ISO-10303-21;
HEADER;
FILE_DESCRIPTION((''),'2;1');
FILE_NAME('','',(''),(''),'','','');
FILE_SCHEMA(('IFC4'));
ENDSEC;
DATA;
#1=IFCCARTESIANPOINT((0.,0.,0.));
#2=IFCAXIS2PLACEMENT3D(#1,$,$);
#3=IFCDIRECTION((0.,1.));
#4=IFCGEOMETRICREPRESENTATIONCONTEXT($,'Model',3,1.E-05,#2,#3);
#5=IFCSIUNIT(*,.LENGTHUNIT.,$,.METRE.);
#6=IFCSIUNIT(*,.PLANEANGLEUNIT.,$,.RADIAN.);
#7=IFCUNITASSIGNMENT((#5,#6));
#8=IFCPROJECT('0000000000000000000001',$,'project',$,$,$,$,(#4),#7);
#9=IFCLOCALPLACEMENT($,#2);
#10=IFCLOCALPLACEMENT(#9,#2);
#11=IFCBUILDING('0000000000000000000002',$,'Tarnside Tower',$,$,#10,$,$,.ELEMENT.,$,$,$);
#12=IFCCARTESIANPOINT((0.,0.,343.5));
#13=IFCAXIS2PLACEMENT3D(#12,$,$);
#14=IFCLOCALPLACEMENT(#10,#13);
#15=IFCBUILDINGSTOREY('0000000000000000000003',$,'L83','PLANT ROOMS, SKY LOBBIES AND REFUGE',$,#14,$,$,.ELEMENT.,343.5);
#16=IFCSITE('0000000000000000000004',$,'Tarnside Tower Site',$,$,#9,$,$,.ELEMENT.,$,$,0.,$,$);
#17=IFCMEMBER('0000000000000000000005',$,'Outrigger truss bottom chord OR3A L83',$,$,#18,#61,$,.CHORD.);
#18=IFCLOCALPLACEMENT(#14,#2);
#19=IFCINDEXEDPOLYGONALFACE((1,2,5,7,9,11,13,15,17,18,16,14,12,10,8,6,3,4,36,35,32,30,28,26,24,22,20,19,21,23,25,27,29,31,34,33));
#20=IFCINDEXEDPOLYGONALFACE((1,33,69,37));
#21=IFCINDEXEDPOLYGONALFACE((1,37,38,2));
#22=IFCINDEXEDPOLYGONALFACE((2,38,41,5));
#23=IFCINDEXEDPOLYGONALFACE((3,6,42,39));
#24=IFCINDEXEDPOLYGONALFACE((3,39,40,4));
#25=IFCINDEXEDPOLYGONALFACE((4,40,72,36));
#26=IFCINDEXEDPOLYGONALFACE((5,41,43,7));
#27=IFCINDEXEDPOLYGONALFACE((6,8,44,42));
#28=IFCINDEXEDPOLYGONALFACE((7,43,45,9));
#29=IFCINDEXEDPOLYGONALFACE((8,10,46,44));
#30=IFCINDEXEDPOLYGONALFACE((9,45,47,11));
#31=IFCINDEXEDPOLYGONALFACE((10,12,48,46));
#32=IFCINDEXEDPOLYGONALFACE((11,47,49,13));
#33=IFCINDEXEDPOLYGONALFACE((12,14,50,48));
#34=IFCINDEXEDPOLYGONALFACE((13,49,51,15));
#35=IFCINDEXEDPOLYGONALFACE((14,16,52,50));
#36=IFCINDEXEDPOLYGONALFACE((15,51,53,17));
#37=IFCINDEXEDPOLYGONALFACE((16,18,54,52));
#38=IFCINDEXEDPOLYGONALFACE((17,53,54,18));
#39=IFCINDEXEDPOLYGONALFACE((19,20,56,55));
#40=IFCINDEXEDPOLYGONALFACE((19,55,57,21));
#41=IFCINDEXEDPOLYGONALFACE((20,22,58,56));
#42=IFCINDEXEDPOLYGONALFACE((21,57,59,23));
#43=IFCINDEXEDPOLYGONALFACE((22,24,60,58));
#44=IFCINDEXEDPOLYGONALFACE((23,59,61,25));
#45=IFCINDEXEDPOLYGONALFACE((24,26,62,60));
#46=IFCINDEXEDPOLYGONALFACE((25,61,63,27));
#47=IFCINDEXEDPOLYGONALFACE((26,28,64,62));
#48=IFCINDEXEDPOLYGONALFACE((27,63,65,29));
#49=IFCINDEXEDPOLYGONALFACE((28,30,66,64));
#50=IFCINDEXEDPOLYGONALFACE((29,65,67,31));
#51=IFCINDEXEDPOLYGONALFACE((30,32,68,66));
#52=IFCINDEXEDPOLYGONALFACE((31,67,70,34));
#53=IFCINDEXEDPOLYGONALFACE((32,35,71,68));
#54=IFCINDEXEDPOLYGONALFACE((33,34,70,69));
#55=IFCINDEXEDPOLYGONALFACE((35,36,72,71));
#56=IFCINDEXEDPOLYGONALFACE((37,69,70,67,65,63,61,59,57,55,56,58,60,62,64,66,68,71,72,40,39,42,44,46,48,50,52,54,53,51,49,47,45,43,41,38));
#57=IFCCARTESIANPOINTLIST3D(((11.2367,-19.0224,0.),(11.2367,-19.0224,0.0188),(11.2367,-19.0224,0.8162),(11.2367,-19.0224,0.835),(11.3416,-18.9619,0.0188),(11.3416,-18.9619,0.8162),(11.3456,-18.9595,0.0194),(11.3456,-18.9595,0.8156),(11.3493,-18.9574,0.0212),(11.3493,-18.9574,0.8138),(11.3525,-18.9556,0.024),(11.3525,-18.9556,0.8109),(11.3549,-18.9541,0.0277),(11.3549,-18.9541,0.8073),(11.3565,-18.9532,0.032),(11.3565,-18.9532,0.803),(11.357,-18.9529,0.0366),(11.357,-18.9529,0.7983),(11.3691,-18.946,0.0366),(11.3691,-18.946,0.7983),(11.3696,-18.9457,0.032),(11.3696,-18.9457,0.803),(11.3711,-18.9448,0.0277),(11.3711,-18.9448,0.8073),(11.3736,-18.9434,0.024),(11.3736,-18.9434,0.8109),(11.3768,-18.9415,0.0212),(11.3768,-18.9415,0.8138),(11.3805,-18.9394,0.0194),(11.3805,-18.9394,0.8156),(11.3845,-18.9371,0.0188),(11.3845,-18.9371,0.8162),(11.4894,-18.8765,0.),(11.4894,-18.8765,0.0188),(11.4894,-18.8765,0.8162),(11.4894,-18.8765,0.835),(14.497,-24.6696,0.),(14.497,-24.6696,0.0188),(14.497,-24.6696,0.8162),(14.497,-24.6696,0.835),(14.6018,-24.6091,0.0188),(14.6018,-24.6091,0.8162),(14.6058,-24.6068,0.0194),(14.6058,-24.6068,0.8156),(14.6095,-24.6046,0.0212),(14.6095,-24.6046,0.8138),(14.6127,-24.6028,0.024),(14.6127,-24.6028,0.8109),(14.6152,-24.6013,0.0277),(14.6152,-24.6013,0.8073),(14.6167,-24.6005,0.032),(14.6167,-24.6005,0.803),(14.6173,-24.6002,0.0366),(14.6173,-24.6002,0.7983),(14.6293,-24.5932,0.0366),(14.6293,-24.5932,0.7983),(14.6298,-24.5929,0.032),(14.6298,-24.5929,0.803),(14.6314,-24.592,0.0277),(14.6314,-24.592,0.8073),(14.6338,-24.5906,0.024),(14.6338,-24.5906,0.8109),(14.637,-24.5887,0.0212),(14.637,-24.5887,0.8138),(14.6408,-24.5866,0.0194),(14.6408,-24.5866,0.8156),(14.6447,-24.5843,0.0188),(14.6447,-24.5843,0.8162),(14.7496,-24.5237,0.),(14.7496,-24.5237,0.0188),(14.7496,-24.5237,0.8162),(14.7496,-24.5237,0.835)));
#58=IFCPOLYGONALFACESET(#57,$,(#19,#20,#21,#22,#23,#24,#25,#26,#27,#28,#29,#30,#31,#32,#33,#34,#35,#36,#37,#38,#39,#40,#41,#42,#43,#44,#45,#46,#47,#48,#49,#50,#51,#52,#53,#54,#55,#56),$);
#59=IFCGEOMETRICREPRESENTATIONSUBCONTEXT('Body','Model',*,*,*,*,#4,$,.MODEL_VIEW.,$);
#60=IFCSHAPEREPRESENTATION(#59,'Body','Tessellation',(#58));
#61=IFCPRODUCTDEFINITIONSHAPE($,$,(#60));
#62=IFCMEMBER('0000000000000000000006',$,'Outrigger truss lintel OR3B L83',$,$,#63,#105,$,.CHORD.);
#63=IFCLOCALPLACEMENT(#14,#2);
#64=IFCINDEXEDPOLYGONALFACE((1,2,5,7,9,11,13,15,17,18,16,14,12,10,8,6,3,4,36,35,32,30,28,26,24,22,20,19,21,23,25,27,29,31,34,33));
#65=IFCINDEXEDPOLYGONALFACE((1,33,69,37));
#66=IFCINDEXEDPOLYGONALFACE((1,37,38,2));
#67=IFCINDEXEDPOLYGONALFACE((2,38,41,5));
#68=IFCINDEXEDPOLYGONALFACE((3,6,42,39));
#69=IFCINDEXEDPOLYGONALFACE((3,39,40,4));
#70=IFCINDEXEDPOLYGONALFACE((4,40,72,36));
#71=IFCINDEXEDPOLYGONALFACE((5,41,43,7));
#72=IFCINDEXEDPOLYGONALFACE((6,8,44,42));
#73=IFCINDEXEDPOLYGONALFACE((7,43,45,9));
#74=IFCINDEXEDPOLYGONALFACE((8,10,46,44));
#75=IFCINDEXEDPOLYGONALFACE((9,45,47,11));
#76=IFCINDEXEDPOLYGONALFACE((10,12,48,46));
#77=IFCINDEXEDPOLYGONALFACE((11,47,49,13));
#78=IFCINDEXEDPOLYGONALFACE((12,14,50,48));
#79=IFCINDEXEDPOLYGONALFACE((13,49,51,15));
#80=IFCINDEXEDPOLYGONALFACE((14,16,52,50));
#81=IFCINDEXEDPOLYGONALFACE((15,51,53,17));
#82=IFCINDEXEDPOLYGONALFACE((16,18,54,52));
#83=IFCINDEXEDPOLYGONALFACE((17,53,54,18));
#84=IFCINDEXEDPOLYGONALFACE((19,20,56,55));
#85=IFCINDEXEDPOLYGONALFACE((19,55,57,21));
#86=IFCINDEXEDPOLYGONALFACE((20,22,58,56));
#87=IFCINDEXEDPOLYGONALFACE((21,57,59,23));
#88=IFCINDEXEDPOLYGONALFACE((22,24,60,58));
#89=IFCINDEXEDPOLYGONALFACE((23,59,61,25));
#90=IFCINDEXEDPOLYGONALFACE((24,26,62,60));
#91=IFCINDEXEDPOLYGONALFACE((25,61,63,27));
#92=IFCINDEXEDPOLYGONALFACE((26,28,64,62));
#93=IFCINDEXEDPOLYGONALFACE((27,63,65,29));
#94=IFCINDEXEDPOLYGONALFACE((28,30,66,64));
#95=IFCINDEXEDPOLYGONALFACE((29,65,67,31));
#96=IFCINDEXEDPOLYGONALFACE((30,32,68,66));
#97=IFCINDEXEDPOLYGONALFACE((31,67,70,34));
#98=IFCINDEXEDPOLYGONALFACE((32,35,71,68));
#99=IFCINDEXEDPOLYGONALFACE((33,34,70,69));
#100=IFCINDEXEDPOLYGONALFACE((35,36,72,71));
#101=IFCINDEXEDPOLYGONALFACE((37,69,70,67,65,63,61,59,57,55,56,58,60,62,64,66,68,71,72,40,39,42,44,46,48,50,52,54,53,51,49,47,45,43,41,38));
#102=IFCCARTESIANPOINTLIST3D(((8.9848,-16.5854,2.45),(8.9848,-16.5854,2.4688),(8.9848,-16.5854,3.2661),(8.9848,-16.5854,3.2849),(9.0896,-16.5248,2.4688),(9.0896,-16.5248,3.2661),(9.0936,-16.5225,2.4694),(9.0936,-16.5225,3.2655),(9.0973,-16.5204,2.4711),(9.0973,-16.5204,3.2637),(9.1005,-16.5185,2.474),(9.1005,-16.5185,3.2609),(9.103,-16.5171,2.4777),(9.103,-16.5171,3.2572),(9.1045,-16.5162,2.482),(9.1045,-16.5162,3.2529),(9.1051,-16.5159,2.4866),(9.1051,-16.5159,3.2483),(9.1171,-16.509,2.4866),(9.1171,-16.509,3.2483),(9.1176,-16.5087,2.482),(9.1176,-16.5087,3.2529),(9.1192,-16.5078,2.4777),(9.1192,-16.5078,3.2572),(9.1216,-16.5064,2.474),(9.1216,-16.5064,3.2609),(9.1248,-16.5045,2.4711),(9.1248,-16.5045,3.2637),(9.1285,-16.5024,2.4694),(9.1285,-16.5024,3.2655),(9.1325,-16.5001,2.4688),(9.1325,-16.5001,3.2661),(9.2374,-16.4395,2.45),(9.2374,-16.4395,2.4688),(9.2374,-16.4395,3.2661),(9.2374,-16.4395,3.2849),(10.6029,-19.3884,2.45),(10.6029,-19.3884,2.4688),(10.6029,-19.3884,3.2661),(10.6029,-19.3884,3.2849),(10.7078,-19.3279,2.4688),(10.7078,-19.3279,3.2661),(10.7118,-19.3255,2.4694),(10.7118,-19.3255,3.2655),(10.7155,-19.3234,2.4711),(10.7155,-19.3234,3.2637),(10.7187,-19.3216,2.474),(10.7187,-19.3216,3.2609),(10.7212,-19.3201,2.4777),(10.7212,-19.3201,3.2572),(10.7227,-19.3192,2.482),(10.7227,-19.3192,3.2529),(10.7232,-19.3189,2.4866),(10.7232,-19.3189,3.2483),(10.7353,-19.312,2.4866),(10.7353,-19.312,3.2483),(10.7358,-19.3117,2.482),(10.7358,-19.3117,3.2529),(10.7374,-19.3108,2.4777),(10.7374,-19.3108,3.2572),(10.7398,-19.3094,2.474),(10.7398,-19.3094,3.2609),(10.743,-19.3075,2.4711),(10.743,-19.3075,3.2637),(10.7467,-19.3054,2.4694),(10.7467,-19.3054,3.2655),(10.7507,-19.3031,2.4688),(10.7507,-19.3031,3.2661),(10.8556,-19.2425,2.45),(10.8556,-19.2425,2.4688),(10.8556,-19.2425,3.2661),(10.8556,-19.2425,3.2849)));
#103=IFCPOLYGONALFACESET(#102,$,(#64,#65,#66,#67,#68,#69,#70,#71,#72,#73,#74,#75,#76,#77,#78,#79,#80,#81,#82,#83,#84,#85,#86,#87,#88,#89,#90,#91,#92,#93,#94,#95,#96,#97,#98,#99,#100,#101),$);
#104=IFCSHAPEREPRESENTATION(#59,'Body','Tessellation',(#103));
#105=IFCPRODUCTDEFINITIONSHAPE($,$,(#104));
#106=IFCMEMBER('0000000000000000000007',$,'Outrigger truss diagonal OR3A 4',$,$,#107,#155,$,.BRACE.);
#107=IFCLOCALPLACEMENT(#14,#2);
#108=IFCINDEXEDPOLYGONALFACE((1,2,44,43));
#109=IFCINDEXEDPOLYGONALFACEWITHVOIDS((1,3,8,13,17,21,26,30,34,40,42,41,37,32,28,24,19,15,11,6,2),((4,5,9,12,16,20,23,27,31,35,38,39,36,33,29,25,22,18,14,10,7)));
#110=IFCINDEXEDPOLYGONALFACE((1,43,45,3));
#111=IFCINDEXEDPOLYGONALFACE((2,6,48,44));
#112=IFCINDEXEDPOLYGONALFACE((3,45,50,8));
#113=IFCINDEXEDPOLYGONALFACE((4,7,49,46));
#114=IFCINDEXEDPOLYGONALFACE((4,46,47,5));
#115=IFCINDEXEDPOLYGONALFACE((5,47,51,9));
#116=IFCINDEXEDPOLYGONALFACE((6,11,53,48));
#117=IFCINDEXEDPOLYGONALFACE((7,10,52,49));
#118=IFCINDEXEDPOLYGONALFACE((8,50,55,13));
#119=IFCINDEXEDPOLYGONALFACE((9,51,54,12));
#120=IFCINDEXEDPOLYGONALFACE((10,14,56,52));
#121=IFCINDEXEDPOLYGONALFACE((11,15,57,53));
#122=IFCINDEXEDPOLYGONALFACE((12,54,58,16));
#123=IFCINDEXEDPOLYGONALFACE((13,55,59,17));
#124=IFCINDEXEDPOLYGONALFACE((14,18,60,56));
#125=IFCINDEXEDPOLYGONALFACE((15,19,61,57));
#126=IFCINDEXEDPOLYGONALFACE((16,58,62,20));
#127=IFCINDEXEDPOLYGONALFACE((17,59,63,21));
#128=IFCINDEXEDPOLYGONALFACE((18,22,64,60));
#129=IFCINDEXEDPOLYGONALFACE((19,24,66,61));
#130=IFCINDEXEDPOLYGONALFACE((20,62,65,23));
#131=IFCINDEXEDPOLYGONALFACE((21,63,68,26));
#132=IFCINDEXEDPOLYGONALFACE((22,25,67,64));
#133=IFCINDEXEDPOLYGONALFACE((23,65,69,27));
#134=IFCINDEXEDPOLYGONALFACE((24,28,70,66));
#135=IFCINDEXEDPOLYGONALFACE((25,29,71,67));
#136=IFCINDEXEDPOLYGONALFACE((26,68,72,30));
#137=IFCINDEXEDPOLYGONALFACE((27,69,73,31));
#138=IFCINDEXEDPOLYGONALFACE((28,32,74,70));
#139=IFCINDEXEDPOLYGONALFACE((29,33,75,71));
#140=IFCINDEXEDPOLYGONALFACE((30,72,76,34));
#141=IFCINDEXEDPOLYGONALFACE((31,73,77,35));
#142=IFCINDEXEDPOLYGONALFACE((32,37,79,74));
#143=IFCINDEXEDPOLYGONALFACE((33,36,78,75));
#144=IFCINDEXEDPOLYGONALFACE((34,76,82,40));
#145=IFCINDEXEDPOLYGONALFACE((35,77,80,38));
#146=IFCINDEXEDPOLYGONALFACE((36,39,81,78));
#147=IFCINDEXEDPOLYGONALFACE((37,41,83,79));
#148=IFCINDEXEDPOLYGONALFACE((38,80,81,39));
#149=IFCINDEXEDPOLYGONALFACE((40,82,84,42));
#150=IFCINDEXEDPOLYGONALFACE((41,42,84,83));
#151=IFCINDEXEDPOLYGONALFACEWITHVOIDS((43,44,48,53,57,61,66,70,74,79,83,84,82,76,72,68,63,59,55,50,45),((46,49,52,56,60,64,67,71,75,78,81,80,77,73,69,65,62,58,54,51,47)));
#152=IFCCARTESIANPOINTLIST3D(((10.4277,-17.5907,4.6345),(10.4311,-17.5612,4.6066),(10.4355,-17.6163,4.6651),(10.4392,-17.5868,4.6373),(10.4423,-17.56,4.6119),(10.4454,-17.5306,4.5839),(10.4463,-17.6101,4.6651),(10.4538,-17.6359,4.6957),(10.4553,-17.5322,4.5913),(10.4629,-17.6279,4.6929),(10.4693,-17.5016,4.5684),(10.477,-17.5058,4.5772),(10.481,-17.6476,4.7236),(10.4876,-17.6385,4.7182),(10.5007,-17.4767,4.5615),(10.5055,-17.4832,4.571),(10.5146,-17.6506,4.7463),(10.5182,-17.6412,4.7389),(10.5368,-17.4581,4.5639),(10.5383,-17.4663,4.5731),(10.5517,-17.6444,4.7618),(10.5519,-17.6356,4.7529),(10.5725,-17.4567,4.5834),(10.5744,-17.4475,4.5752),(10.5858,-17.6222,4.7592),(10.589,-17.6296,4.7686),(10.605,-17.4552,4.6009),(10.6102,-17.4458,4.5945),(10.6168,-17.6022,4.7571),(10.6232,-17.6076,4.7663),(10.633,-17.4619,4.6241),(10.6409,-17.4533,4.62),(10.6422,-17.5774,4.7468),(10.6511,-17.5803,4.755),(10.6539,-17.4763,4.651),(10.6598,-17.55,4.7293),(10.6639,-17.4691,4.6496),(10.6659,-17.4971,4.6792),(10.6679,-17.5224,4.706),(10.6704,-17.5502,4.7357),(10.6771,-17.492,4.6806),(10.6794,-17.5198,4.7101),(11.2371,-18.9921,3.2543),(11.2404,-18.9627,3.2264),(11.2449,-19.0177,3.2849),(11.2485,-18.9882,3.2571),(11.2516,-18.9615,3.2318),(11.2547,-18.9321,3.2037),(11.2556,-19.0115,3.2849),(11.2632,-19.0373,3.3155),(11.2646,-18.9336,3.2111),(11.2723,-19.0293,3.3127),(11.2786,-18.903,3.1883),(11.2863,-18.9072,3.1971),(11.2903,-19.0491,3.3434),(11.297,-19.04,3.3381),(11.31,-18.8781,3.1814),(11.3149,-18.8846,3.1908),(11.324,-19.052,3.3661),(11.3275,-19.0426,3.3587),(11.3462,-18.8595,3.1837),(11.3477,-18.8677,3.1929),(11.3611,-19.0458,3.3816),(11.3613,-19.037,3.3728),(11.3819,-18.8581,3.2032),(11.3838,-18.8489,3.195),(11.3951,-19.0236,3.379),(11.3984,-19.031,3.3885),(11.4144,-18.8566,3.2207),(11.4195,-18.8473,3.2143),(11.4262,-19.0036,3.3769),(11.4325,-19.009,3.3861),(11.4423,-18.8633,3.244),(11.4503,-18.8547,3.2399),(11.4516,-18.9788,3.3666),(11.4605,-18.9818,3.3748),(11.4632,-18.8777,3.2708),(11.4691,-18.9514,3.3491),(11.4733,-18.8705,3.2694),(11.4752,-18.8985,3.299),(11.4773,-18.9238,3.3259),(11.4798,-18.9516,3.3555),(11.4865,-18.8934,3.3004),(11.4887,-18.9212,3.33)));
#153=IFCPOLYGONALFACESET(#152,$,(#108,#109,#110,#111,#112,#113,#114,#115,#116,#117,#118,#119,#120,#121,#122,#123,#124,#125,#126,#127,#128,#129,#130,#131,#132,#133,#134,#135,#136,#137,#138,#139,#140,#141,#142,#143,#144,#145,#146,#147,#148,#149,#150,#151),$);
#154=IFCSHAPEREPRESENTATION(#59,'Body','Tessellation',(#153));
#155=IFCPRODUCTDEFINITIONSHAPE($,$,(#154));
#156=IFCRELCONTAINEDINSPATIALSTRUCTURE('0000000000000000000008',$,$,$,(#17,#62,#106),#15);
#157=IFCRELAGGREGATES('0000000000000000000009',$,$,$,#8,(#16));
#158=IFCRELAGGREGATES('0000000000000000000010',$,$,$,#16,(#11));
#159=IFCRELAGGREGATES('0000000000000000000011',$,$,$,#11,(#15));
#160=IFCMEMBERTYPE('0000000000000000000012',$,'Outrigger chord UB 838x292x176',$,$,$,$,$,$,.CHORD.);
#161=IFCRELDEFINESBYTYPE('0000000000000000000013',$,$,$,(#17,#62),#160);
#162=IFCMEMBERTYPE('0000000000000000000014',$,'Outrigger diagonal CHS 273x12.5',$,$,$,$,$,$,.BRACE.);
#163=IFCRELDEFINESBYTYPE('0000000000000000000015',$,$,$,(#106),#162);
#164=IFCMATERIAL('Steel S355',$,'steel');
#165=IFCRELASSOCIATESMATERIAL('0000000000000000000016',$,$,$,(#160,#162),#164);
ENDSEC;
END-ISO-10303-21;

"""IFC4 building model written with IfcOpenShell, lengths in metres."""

from ifc_helpers import new_model, si_unit, direction, frame, origin, origin_2d, place, context, subcontext, project, spatial, hollow_circle, i_section, extrude, material, material_profile, profile_set, type_object, element, save


model = new_model("IFC4")

# Units and contexts
model_context = context("Model", 3, precision=1e-05, world=origin(), true_north=direction((0.0, 1.0)))
body_context = subcontext(model_context, "Body", "Model", "MODEL_VIEW")
ifc_project = project(units=[si_unit("LENGTHUNIT", "METRE"), si_unit("PLANEANGLEUNIT", "RADIAN")], contexts=[model_context])

# Site, building, storey
site_placement = place(None, origin())
site = spatial("IfcSite", under=ifc_project, at=site_placement, Name="Tarnside Tower Site", CompositionType="ELEMENT", RefElevation=0.0)
building_placement = place(site_placement, origin())
building = spatial("IfcBuilding", under=site, at=building_placement, Name="Tarnside Tower", CompositionType="ELEMENT")
storey_placement = place(building_placement, frame((0.0, 0.0, 343.5)))
storey = spatial("IfcBuildingStorey", under=building, at=storey_placement, Name="L83", Description="PLANT ROOMS, SKY LOBBIES AND REFUGE", CompositionType="ELEMENT", Elevation=343.5)

# Members
ifc_material_1 = material(Name="Steel S355", Category="steel")
ifc_material_profile_1 = material_profile(ifc_material_1, i_section(OverallWidth=0.2917, OverallDepth=0.835, WebThickness=0.0139, FlangeThickness=0.0188, FilletRadius=0.0178, at=origin_2d()), Name="UB 838x292x176")
ifc_profile_set_1 = profile_set([ifc_material_profile_1], Name="Steel S355")
member_type_1 = type_object("IfcMemberType", Name="Outrigger chord UB 838x292x176", PredefinedType="CHORD", material=ifc_profile_set_1)
member_1_placement = place(storey_placement, frame((11.363, -18.9495, 0.4175), z_axis=(0.499981, -0.866037, 0.0), x_axis=(0.866037, 0.499981, 0.0)))
element("IfcMember", 1, at=member_1_placement, inside=storey, type_object=member_type_1, Name="Outrigger truss bottom chord OR3A L83", PredefinedType="CHORD", context=body_context, shape_type="SweptSolid", body=[
    extrude(i_section(OverallWidth=0.2917, OverallDepth=0.835, WebThickness=0.0139, FlangeThickness=0.0188, FilletRadius=0.0178, at=origin_2d()), origin(), (0.0, 0.0, 1.0), 6.5208),
])
member_2_placement = place(storey_placement, frame((9.1111, -16.5125, 2.8674), z_axis=(0.499968, -0.866044, 0.0), x_axis=(0.866044, 0.499968, 0.0)))
element("IfcMember", 2, at=member_2_placement, inside=storey, type_object=member_type_1, Name="Outrigger truss lintel OR3B L83", PredefinedType="CHORD", context=body_context, shape_type="SweptSolid", body=[
    extrude(i_section(OverallWidth=0.2917, OverallDepth=0.835, WebThickness=0.0139, FlangeThickness=0.0188, FilletRadius=0.0178, at=origin_2d()), origin(), (0.0, 0.0, 1.0), 3.2366),
])
ifc_material_profile_2 = material_profile(ifc_material_1, hollow_circle(Radius=0.1365, WallThickness=0.0125, at=origin_2d()), Name="CHS 273x12.5")
ifc_profile_set_2 = profile_set([ifc_material_profile_2], Name="Steel S355")
member_type_2 = type_object("IfcMemberType", Name="Outrigger diagonal CHS 273x12.5", PredefinedType="BRACE", material=ifc_profile_set_2)
member_3_placement = place(storey_placement, frame((11.363, -18.9495, 3.2849), z_axis=(-0.380524, 0.658886, 0.6489), x_axis=(-0.865959, -0.500114, 0.0)))
element("IfcMember", 3, at=member_3_placement, inside=storey, type_object=member_type_2, Name="Outrigger truss diagonal OR3A 4", PredefinedType="BRACE", context=body_context, shape_type="SweptSolid", body=[
    extrude(hollow_circle(Radius=0.1365, WallThickness=0.0125, at=origin_2d()), origin(), (0.0, 0.0, 1.0), 2.127),
])

save(model, "model.ifc")
